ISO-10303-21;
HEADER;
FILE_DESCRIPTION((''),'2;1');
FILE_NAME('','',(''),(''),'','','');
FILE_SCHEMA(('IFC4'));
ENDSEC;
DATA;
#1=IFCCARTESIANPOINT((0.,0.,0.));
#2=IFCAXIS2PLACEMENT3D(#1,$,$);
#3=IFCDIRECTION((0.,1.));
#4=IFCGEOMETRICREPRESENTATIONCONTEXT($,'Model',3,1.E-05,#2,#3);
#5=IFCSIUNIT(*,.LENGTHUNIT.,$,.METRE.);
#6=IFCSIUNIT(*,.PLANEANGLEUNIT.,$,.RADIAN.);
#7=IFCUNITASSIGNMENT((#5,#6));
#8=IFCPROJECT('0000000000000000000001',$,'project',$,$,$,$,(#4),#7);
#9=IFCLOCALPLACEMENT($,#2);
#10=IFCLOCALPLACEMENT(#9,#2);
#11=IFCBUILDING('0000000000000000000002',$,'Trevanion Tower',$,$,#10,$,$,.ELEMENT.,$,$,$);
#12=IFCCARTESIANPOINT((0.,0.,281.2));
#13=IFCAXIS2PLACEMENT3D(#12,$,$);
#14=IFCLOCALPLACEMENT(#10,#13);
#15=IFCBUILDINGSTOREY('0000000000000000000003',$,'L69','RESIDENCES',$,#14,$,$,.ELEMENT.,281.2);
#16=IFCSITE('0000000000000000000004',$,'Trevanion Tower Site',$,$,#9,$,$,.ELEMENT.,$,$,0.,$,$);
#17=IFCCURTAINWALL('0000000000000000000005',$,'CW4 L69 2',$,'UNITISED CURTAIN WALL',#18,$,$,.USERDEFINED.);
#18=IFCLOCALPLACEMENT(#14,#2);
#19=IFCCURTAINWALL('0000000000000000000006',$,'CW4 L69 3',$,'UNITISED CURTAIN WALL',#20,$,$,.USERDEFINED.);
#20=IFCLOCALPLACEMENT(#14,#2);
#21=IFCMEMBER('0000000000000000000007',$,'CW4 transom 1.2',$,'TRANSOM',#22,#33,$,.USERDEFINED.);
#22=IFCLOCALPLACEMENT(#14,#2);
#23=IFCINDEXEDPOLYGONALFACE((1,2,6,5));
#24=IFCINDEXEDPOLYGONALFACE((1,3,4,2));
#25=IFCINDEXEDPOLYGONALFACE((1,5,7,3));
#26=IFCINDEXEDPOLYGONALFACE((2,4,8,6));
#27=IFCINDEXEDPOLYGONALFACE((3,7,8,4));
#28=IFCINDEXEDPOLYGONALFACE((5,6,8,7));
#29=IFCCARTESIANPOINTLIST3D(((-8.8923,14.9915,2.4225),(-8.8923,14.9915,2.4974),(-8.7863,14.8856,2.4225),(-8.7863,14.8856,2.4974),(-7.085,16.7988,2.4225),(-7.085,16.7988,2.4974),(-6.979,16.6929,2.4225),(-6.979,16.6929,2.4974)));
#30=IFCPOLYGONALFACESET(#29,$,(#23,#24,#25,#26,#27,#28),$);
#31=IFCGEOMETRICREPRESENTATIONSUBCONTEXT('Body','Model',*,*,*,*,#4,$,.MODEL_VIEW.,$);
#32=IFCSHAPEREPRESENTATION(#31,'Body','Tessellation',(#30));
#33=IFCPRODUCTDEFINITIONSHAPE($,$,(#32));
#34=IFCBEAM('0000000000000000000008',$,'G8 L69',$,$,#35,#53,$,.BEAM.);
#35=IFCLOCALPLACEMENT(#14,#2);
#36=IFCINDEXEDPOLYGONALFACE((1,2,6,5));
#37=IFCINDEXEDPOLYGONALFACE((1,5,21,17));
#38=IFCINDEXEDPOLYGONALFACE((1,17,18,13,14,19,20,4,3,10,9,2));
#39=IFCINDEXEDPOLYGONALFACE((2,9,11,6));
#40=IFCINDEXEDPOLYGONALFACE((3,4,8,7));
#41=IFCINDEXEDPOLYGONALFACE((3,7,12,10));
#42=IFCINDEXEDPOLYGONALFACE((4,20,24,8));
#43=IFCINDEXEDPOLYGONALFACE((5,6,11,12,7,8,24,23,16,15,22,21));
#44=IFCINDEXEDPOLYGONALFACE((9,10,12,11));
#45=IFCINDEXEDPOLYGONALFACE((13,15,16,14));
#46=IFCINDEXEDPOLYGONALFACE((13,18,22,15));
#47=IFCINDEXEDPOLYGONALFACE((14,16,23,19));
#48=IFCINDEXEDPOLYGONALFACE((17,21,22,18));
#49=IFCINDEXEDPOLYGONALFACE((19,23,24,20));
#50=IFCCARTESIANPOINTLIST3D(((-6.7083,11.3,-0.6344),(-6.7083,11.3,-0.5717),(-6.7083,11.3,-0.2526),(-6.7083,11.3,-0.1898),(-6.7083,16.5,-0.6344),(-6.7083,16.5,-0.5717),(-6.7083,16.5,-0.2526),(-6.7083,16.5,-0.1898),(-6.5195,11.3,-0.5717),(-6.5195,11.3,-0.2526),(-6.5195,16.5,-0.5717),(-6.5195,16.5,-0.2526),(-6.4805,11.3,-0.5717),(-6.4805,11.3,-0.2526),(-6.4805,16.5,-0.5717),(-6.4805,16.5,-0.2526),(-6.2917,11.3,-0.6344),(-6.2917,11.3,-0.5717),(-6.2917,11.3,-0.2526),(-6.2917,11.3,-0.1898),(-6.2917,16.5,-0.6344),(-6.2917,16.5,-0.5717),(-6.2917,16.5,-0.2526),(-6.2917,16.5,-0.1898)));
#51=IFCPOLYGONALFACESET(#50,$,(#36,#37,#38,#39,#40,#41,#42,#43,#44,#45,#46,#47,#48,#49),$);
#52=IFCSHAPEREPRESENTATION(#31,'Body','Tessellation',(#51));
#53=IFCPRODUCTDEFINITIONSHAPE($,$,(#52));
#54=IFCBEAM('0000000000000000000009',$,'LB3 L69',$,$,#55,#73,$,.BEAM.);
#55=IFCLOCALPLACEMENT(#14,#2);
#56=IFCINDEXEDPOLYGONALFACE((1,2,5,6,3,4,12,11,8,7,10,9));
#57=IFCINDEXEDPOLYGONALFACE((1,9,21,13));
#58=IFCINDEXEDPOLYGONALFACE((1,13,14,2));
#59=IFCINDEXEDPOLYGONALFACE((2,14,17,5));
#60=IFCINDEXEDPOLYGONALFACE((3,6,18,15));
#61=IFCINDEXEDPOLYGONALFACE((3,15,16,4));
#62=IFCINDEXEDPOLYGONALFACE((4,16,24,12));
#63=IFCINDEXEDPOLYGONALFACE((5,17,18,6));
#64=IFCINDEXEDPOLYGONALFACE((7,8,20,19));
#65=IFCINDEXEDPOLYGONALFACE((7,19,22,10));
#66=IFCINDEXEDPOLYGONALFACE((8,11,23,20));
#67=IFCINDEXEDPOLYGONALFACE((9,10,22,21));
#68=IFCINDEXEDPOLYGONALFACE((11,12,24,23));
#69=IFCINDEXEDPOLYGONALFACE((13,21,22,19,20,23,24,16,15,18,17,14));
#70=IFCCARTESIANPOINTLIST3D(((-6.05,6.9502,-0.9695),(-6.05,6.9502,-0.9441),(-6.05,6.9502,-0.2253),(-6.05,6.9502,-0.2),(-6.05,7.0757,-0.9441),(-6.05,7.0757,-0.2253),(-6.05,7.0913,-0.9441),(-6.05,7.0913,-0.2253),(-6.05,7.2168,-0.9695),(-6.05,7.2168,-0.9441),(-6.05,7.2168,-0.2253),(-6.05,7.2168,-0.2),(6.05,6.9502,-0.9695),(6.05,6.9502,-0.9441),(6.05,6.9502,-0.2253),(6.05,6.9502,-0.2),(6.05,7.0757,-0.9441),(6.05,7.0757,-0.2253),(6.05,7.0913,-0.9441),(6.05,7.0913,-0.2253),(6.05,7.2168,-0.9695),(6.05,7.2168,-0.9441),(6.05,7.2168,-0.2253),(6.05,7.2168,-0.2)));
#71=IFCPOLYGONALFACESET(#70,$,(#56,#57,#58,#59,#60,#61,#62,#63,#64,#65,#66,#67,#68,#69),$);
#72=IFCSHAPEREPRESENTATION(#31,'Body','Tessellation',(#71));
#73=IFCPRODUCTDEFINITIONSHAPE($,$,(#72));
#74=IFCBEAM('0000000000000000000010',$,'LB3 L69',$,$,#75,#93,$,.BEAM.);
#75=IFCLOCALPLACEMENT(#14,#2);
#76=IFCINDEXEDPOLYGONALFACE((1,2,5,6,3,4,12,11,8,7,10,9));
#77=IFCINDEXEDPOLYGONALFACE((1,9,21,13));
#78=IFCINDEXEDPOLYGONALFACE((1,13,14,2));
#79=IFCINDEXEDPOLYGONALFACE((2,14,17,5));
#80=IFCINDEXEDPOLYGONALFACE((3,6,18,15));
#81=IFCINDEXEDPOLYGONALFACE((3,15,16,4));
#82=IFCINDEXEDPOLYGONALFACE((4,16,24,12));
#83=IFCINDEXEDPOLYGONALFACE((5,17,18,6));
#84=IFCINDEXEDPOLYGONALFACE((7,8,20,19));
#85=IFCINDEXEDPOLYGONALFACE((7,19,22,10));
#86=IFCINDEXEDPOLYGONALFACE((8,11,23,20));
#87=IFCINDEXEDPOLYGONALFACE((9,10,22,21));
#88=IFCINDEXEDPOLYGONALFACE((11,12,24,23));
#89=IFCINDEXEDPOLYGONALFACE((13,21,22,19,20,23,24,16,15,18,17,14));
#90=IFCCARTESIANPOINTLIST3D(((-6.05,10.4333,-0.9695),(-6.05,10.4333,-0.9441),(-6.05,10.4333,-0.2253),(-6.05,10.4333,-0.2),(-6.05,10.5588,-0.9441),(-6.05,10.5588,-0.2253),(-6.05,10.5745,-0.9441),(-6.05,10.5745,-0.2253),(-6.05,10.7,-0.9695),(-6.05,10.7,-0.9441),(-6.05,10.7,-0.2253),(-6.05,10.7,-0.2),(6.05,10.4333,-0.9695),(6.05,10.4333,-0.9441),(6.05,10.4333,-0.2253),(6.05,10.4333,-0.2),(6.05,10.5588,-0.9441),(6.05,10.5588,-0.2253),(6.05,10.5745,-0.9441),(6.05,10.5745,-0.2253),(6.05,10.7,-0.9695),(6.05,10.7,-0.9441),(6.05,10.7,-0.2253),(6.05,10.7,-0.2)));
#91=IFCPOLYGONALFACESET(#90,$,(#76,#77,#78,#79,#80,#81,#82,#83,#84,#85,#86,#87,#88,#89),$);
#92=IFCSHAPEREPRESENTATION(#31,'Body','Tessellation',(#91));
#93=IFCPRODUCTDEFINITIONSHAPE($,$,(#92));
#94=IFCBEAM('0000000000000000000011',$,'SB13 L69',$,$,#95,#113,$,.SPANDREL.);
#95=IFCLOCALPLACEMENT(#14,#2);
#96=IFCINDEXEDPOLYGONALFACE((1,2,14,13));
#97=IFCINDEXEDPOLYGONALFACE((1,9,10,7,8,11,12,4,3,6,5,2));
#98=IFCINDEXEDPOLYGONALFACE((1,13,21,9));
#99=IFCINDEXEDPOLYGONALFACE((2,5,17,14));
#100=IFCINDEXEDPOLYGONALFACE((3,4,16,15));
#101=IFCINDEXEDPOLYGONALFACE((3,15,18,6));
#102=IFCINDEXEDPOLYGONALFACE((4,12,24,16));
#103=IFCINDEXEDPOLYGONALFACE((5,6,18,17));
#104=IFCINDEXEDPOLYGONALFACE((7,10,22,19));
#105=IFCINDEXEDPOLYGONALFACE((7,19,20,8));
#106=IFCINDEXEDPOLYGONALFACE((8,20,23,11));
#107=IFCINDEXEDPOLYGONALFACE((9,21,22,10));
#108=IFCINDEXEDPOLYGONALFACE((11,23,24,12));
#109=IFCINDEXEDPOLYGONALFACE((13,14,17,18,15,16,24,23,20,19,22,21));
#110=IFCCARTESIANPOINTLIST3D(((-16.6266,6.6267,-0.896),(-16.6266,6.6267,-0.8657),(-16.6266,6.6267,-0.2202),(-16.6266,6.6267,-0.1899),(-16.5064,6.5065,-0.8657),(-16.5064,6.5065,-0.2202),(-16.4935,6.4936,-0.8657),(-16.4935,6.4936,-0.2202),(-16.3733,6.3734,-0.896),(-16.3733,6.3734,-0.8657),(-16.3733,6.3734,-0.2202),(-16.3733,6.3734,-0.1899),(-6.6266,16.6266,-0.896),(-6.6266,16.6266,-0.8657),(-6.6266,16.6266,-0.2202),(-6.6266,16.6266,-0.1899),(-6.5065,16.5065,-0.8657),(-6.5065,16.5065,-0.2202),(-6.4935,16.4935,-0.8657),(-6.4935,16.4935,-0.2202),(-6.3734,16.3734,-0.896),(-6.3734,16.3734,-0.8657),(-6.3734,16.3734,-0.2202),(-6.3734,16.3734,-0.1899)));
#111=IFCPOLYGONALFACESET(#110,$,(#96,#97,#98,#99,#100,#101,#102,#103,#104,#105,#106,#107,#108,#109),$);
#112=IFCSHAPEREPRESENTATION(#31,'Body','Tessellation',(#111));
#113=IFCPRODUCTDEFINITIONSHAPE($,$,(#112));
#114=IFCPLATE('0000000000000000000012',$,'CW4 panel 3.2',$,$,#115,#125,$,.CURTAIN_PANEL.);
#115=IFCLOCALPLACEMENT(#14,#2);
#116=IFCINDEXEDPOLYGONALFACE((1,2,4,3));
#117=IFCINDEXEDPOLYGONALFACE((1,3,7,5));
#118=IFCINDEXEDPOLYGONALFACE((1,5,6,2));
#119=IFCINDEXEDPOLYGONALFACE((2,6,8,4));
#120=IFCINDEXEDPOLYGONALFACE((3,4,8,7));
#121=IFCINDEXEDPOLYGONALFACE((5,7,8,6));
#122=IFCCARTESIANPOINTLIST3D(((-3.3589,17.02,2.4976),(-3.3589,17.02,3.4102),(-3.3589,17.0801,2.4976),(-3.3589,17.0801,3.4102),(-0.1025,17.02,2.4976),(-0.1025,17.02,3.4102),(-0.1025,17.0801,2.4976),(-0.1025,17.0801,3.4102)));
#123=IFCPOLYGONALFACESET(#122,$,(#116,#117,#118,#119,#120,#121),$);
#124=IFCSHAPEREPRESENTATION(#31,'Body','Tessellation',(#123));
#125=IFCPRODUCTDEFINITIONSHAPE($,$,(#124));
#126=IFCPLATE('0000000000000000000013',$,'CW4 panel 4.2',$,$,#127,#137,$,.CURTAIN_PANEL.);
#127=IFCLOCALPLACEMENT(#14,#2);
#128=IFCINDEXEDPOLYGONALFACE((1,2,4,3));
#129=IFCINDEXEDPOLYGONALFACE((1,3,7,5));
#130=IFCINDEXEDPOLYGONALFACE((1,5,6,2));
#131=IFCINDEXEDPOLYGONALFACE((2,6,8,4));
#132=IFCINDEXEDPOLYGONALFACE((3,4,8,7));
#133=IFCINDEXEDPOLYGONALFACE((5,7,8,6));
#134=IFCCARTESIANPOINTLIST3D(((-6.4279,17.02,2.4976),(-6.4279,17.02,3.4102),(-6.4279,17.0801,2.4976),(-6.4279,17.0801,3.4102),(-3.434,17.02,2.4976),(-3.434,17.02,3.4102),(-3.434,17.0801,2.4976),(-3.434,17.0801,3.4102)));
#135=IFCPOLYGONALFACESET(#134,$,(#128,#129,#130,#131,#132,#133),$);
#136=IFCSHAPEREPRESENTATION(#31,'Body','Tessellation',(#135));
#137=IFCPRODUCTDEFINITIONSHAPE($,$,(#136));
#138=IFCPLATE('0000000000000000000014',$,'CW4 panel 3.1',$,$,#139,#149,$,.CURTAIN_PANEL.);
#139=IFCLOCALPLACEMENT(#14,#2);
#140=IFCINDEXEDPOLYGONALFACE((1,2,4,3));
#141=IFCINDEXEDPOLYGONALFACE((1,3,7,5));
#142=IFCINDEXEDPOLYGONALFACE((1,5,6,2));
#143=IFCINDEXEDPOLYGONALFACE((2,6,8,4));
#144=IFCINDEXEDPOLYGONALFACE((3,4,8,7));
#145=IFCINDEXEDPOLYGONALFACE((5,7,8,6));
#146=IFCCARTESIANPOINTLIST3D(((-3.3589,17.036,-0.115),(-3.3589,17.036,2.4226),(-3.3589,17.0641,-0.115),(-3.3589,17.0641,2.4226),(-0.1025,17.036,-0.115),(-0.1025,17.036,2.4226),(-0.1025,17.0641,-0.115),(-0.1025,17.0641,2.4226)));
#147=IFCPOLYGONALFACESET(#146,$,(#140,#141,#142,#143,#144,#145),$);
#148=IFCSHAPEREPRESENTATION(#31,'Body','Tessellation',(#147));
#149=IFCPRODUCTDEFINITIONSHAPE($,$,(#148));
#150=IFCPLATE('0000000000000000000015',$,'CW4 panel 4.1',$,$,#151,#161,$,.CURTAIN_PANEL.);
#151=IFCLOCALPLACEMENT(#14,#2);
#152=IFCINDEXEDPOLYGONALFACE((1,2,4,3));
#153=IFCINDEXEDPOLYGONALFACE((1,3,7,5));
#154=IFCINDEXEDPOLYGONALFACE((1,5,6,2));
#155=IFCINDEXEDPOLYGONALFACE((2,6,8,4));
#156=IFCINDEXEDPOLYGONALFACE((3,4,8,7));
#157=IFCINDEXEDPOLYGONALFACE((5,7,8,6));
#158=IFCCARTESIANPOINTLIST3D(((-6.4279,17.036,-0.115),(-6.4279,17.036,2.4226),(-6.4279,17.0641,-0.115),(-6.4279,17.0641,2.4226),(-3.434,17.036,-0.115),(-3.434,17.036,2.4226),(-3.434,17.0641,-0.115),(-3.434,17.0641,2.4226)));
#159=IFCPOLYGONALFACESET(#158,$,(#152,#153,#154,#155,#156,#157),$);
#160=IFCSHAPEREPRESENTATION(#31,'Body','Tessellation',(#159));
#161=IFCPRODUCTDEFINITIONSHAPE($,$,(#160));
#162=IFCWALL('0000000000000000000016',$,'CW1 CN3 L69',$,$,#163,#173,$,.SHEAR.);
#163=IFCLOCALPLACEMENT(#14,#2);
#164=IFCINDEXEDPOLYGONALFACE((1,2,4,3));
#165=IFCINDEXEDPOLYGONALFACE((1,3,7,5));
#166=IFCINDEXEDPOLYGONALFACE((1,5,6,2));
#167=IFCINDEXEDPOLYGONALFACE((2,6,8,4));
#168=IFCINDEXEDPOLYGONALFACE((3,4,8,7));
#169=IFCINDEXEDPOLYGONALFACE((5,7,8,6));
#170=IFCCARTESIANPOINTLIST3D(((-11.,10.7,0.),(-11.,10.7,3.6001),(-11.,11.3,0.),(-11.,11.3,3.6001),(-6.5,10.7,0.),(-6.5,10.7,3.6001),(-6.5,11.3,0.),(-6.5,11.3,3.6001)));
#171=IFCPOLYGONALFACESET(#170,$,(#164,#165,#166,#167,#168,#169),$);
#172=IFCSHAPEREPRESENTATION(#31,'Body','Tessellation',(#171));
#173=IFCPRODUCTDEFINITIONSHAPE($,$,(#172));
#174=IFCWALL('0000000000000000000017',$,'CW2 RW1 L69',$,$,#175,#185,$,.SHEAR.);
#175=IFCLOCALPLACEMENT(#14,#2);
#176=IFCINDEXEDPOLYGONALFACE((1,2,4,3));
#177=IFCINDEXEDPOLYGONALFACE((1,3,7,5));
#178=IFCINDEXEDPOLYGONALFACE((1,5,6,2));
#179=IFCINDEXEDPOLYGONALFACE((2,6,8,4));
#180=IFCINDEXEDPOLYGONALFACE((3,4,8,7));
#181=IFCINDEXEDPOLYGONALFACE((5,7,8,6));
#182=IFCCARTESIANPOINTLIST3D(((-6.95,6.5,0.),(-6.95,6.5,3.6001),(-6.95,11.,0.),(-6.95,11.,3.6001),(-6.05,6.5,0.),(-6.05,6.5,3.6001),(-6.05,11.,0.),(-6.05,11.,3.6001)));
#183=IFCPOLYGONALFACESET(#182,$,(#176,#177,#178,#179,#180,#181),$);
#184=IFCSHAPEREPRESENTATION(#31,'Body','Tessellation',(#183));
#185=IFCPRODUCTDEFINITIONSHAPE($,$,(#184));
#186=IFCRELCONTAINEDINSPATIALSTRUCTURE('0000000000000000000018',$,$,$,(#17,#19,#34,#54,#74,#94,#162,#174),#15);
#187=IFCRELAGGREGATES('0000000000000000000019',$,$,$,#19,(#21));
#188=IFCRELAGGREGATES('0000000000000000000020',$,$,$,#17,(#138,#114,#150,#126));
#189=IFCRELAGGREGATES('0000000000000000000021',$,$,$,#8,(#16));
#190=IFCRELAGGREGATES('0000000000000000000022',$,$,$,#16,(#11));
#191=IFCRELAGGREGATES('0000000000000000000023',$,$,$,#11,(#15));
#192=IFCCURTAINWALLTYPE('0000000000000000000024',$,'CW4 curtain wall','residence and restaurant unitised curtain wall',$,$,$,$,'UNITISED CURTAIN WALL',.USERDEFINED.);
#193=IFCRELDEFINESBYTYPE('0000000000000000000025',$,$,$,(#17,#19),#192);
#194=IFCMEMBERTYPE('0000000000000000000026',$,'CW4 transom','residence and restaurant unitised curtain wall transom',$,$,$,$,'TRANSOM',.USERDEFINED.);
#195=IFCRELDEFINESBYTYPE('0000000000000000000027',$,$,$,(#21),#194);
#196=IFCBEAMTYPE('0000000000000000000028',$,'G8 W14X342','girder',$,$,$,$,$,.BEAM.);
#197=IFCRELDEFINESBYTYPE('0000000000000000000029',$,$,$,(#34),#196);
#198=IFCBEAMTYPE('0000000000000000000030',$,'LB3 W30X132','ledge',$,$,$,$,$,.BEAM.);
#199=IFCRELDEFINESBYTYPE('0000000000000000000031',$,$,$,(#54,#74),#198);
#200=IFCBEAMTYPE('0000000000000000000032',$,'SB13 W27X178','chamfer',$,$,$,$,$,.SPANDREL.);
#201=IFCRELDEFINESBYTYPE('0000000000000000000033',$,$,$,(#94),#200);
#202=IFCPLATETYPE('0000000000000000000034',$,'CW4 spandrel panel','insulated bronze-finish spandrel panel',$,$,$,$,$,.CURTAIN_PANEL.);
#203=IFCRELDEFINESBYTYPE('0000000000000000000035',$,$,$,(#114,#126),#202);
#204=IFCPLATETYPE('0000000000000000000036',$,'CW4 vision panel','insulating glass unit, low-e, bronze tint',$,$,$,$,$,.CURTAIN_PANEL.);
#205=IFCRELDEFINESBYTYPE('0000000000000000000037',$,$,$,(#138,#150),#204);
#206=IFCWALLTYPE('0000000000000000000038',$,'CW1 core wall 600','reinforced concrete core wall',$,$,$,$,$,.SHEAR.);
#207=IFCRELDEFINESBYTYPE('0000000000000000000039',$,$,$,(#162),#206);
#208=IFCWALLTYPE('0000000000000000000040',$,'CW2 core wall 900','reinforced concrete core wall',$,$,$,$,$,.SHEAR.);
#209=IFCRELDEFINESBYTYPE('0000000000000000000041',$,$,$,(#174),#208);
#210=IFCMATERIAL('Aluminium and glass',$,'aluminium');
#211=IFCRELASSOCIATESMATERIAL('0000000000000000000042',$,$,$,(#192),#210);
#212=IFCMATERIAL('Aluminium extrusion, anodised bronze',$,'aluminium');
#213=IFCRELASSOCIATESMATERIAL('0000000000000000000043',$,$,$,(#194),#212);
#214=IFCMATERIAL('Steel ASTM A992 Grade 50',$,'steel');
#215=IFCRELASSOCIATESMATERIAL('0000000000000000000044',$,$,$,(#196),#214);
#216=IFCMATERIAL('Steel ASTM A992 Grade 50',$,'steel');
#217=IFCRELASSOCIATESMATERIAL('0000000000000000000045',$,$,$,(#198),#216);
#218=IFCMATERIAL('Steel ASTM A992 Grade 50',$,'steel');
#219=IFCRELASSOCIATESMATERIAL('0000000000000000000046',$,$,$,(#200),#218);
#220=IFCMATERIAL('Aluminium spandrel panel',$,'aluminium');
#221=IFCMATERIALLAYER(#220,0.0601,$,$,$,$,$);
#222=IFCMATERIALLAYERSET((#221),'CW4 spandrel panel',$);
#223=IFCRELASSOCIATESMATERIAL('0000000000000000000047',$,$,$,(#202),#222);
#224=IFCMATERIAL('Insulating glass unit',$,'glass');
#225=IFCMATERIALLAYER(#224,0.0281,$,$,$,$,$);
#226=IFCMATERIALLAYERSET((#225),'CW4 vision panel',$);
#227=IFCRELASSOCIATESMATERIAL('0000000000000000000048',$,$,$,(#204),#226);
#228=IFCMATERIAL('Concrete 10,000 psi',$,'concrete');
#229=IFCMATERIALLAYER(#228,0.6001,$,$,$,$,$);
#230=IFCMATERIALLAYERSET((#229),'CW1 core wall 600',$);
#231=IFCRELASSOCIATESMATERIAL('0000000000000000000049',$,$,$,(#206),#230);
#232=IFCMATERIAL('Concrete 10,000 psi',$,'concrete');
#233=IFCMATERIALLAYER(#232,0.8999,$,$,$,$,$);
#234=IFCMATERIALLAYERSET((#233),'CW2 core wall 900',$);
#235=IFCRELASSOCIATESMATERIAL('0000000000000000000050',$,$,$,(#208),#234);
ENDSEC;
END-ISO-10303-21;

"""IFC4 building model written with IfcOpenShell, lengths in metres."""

from ifc_helpers import new_model, si_unit, direction, frame, frame_2d, origin, origin_2d, place, context, subcontext, project, spatial, rectangle, i_section, extrude, material, layer, layer_set, material_profile, profile_set, type_object, element, aggregate, save


model = new_model("IFC4")

# Units and contexts
model_context = context("Model", 3, precision=1e-05, world=origin(), true_north=direction((0.0, 1.0)))
body_context = subcontext(model_context, "Body", "Model", "MODEL_VIEW")
ifc_project = project(units=[si_unit("LENGTHUNIT", "METRE"), si_unit("PLANEANGLEUNIT", "RADIAN")], contexts=[model_context])

# Site, building, storey
site_placement = place(None, origin())
site = spatial("IfcSite", under=ifc_project, at=site_placement, Name="Trevanion Tower Site", CompositionType="ELEMENT", RefElevation=0.0)
building_placement = place(site_placement, origin())
building = spatial("IfcBuilding", under=site, at=building_placement, Name="Trevanion Tower", CompositionType="ELEMENT")
storey_placement = place(building_placement, frame((0.0, 0.0, 281.2)))
storey = spatial("IfcBuildingStorey", under=building, at=storey_placement, Name="L69", Description="RESIDENCES", CompositionType="ELEMENT", Elevation=281.2)

# Curtain wall
ifc_material_1 = material(Name="Aluminium and glass", Category="aluminium")
curtain_wall_type = type_object("IfcCurtainWallType", Name="CW4 curtain wall", Description="residence and restaurant unitised curtain wall", ElementType="UNITISED CURTAIN WALL", PredefinedType="USERDEFINED", material=ifc_material_1)
curtain_wall_1_placement = place(storey_placement, origin())
curtain_wall_1 = element("IfcCurtainWall", 1, at=curtain_wall_1_placement, inside=storey, type_object=curtain_wall_type, Name="CW4 L69 2", ObjectType="UNITISED CURTAIN WALL", PredefinedType="USERDEFINED")

# Curtain wall
curtain_wall_2_placement = place(storey_placement, origin())
curtain_wall_2 = element("IfcCurtainWall", 2, at=curtain_wall_2_placement, inside=storey, type_object=curtain_wall_type, Name="CW4 L69 3", ObjectType="UNITISED CURTAIN WALL", PredefinedType="USERDEFINED")

# Member
ifc_material_2 = material(Name="Aluminium extrusion, anodised bronze", Category="aluminium")
ifc_material_profile_1 = material_profile(ifc_material_2, rectangle(XDim=0.1499, YDim=0.075, at=origin_2d()), Name="CW4 transom")
ifc_profile_set_1 = profile_set([ifc_material_profile_1], Name="Aluminium extrusion, anodised bronze")
member_type_1 = type_object("IfcMemberType", Name="CW4 transom", Description="residence and restaurant unitised curtain wall transom", ElementType="TRANSOM", PredefinedType="USERDEFINED", material=ifc_profile_set_1)
member_1_placement = place(storey_placement, frame((-7.032, 16.7458, 2.46), z_axis=(-0.707107, -0.707107, 0.0), x_axis=(0.707107, -0.707107, 0.0)))
member_1 = element("IfcMember", 3, at=member_1_placement, type_object=member_type_1, Name="CW4 transom 1.2", ObjectType="TRANSOM", PredefinedType="USERDEFINED", context=body_context, shape_type="SweptSolid", body=[
    extrude(rectangle(XDim=0.1499, YDim=0.075, at=origin_2d()), origin(), (0.0, 0.0, 1.0), 2.5559),
])
aggregate(curtain_wall_2, [member_1])

# Beams
ifc_material_3 = material(Name="Steel ASTM A992 Grade 50", Category="steel")
ifc_material_profile_2 = material_profile(ifc_material_3, i_section(OverallWidth=0.4165, OverallDepth=0.4446, WebThickness=0.0391, FlangeThickness=0.0627, at=origin_2d()), Name="W14X342")
ifc_profile_set_2 = profile_set([ifc_material_profile_2], Name="Steel ASTM A992 Grade 50")
beam_type_1 = type_object("IfcBeamType", Name="G8 W14X342", Description="girder", PredefinedType="BEAM", material=ifc_profile_set_2)
beam_1_placement = place(storey_placement, frame((-6.5, 11.3, -0.4121), z_axis=(0.0, 1.0, 0.0), x_axis=(-1.0, 0.0, 0.0)))
element("IfcBeam", 4, at=beam_1_placement, inside=storey, type_object=beam_type_1, Name="G8 L69", PredefinedType="BEAM", context=body_context, shape_type="SweptSolid", body=[
    extrude(i_section(OverallWidth=0.4165, OverallDepth=0.4446, WebThickness=0.0391, FlangeThickness=0.0627, at=origin_2d()), origin(), (0.0, 0.0, 1.0), 5.2),
])
ifc_material_4 = material(Name="Steel ASTM A992 Grade 50", Category="steel")
ifc_material_profile_3 = material_profile(ifc_material_4, i_section(OverallWidth=0.2666, OverallDepth=0.7695, WebThickness=0.0156, FlangeThickness=0.0254, at=origin_2d()), Name="W30X132")
ifc_profile_set_3 = profile_set([ifc_material_profile_3], Name="Steel ASTM A992 Grade 50")
beam_type_2 = type_object("IfcBeamType", Name="LB3 W30X132", Description="ledge", PredefinedType="BEAM", material=ifc_profile_set_3)
for number, where, z_axis, x_axis, name in (
    (5, (-6.05, 7.0835, -0.5847), (1.0, 0.0, 0.0), (0.0, 1.0, 0.0), "LB3 L69"),
    (6, (-6.05, 10.5667, -0.5847), (1.0, 0.0, 0.0), (0.0, 1.0, 0.0), "LB3 L69"),
):
    element("IfcBeam", number, at=place(storey_placement, frame(where, z_axis=z_axis, x_axis=x_axis)), inside=storey, type_object=beam_type_2, Name=name, PredefinedType="BEAM", context=body_context, shape_type="SweptSolid", body=[
        extrude(i_section(OverallWidth=0.2666, OverallDepth=0.7695, WebThickness=0.0156, FlangeThickness=0.0254, at=origin_2d()), origin(), (0.0, 0.0, 1.0), 12.1001),
    ])
ifc_material_5 = material(Name="Steel ASTM A992 Grade 50", Category="steel")
ifc_material_profile_4 = material_profile(ifc_material_5, i_section(OverallWidth=0.3582, OverallDepth=0.7061, WebThickness=0.0183, FlangeThickness=0.0303, at=origin_2d()), Name="W27X178")
ifc_profile_set_4 = profile_set([ifc_material_profile_4], Name="Steel ASTM A992 Grade 50")
beam_type_3 = type_object("IfcBeamType", Name="SB13 W27X178", Description="chamfer", PredefinedType="SPANDREL", material=ifc_profile_set_4)
beam_2_placement = place(storey_placement, frame((-6.5, 16.5, -0.543), z_axis=(-0.707107, -0.707107, 0.0), x_axis=(0.707107, -0.707107, 0.0)))
element("IfcBeam", 7, at=beam_2_placement, inside=storey, type_object=beam_type_3, Name="SB13 L69", PredefinedType="SPANDREL", context=body_context, shape_type="SweptSolid", body=[
    extrude(i_section(OverallWidth=0.3582, OverallDepth=0.7061, WebThickness=0.0183, FlangeThickness=0.0303, at=origin_2d()), origin(), (0.0, 0.0, 1.0), 14.1421),
])

# Plates
ifc_material_6 = material(Name="Aluminium spandrel panel", Category="aluminium")
ifc_layer_1 = layer(ifc_material_6, 0.0601)
ifc_layer_set_1 = layer_set([ifc_layer_1], Name="CW4 spandrel panel")
plate_type_1 = type_object("IfcPlateType", Name="CW4 spandrel panel", Description="insulated bronze-finish spandrel panel", PredefinedType="CURTAIN_PANEL", material=ifc_layer_set_1)
plate_1_placement = place(storey_placement, frame((-1.7307, 17.05, 2.4976), z_axis=(0.0, 0.0, 1.0), x_axis=(-1.0, 0.0, 0.0)))
plate_1 = element("IfcPlate", 8, at=plate_1_placement, type_object=plate_type_1, Name="CW4 panel 3.2", PredefinedType="CURTAIN_PANEL", context=body_context, shape_type="SweptSolid", body=[
    extrude(rectangle(XDim=3.2563, YDim=0.0601, at=origin_2d()), origin(), (0.0, 0.0, 1.0), 0.9126),
])
plate_2_placement = place(storey_placement, frame((-4.9309, 17.05, 2.4976), z_axis=(0.0, 0.0, 1.0), x_axis=(-1.0, 0.0, 0.0)))
plate_2 = element("IfcPlate", 9, at=plate_2_placement, type_object=plate_type_1, Name="CW4 panel 4.2", PredefinedType="CURTAIN_PANEL", context=body_context, shape_type="SweptSolid", body=[
    extrude(rectangle(XDim=2.9939, YDim=0.0601, at=origin_2d()), origin(), (0.0, 0.0, 1.0), 0.9126),
])
ifc_material_7 = material(Name="Insulating glass unit", Category="glass")
ifc_layer_2 = layer(ifc_material_7, 0.0281)
ifc_layer_set_2 = layer_set([ifc_layer_2], Name="CW4 vision panel")
plate_type_2 = type_object("IfcPlateType", Name="CW4 vision panel", Description="insulating glass unit, low-e, bronze tint", PredefinedType="CURTAIN_PANEL", material=ifc_layer_set_2)
plate_3_placement = place(storey_placement, frame((-1.7307, 17.05, -0.115), z_axis=(0.0, 0.0, 1.0), x_axis=(-1.0, 0.0, 0.0)))
plate_3 = element("IfcPlate", 10, at=plate_3_placement, type_object=plate_type_2, Name="CW4 panel 3.1", PredefinedType="CURTAIN_PANEL", context=body_context, shape_type="SweptSolid", body=[
    extrude(rectangle(XDim=3.2563, YDim=0.0281, at=origin_2d()), origin(), (0.0, 0.0, 1.0), 2.5376),
])
plate_4_placement = place(storey_placement, frame((-4.9309, 17.05, -0.115), z_axis=(0.0, 0.0, 1.0), x_axis=(-1.0, 0.0, 0.0)))
plate_4 = element("IfcPlate", 11, at=plate_4_placement, type_object=plate_type_2, Name="CW4 panel 4.1", PredefinedType="CURTAIN_PANEL", context=body_context, shape_type="SweptSolid", body=[
    extrude(rectangle(XDim=2.9939, YDim=0.0281, at=origin_2d()), origin(), (0.0, 0.0, 1.0), 2.5376),
])
aggregate(curtain_wall_1, [plate_3, plate_1, plate_4, plate_2])

# Walls
ifc_material_8 = material(Name="Concrete 10,000 psi", Category="concrete")
ifc_layer_3 = layer(ifc_material_8, 0.6001)
ifc_layer_set_3 = layer_set([ifc_layer_3], Name="CW1 core wall 600")
wall_type_1 = type_object("IfcWallType", Name="CW1 core wall 600", Description="reinforced concrete core wall", PredefinedType="SHEAR", material=ifc_layer_set_3)
wall_1_placement = place(storey_placement, frame((-6.5, 11.0, 0.0), z_axis=(0.0, 0.0, 1.0), x_axis=(-1.0, 0.0, 0.0)))
element("IfcWall", 12, at=wall_1_placement, inside=storey, type_object=wall_type_1, Name="CW1 CN3 L69", PredefinedType="SHEAR", context=body_context, shape_type="SweptSolid", body=[
    extrude(rectangle(XDim=4.5, YDim=0.6001, at=frame_2d((2.25, 0.0))), origin(), (0.0, 0.0, 1.0), 3.6001),
])
ifc_material_9 = material(Name="Concrete 10,000 psi", Category="concrete")
ifc_layer_4 = layer(ifc_material_9, 0.8999)
ifc_layer_set_4 = layer_set([ifc_layer_4], Name="CW2 core wall 900")
wall_type_2 = type_object("IfcWallType", Name="CW2 core wall 900", Description="reinforced concrete core wall", PredefinedType="SHEAR", material=ifc_layer_set_4)
wall_2_placement = place(storey_placement, frame((-6.5, 11.0, 0.0), z_axis=(0.0, 0.0, 1.0), x_axis=(0.0, -1.0, 0.0)))
element("IfcWall", 13, at=wall_2_placement, inside=storey, type_object=wall_type_2, Name="CW2 RW1 L69", PredefinedType="SHEAR", context=body_context, shape_type="SweptSolid", body=[
    extrude(rectangle(XDim=4.5, YDim=0.8999, at=frame_2d((2.25, 0.0))), origin(), (0.0, 0.0, 1.0), 3.6001),
])

save(model, "model.ifc")
